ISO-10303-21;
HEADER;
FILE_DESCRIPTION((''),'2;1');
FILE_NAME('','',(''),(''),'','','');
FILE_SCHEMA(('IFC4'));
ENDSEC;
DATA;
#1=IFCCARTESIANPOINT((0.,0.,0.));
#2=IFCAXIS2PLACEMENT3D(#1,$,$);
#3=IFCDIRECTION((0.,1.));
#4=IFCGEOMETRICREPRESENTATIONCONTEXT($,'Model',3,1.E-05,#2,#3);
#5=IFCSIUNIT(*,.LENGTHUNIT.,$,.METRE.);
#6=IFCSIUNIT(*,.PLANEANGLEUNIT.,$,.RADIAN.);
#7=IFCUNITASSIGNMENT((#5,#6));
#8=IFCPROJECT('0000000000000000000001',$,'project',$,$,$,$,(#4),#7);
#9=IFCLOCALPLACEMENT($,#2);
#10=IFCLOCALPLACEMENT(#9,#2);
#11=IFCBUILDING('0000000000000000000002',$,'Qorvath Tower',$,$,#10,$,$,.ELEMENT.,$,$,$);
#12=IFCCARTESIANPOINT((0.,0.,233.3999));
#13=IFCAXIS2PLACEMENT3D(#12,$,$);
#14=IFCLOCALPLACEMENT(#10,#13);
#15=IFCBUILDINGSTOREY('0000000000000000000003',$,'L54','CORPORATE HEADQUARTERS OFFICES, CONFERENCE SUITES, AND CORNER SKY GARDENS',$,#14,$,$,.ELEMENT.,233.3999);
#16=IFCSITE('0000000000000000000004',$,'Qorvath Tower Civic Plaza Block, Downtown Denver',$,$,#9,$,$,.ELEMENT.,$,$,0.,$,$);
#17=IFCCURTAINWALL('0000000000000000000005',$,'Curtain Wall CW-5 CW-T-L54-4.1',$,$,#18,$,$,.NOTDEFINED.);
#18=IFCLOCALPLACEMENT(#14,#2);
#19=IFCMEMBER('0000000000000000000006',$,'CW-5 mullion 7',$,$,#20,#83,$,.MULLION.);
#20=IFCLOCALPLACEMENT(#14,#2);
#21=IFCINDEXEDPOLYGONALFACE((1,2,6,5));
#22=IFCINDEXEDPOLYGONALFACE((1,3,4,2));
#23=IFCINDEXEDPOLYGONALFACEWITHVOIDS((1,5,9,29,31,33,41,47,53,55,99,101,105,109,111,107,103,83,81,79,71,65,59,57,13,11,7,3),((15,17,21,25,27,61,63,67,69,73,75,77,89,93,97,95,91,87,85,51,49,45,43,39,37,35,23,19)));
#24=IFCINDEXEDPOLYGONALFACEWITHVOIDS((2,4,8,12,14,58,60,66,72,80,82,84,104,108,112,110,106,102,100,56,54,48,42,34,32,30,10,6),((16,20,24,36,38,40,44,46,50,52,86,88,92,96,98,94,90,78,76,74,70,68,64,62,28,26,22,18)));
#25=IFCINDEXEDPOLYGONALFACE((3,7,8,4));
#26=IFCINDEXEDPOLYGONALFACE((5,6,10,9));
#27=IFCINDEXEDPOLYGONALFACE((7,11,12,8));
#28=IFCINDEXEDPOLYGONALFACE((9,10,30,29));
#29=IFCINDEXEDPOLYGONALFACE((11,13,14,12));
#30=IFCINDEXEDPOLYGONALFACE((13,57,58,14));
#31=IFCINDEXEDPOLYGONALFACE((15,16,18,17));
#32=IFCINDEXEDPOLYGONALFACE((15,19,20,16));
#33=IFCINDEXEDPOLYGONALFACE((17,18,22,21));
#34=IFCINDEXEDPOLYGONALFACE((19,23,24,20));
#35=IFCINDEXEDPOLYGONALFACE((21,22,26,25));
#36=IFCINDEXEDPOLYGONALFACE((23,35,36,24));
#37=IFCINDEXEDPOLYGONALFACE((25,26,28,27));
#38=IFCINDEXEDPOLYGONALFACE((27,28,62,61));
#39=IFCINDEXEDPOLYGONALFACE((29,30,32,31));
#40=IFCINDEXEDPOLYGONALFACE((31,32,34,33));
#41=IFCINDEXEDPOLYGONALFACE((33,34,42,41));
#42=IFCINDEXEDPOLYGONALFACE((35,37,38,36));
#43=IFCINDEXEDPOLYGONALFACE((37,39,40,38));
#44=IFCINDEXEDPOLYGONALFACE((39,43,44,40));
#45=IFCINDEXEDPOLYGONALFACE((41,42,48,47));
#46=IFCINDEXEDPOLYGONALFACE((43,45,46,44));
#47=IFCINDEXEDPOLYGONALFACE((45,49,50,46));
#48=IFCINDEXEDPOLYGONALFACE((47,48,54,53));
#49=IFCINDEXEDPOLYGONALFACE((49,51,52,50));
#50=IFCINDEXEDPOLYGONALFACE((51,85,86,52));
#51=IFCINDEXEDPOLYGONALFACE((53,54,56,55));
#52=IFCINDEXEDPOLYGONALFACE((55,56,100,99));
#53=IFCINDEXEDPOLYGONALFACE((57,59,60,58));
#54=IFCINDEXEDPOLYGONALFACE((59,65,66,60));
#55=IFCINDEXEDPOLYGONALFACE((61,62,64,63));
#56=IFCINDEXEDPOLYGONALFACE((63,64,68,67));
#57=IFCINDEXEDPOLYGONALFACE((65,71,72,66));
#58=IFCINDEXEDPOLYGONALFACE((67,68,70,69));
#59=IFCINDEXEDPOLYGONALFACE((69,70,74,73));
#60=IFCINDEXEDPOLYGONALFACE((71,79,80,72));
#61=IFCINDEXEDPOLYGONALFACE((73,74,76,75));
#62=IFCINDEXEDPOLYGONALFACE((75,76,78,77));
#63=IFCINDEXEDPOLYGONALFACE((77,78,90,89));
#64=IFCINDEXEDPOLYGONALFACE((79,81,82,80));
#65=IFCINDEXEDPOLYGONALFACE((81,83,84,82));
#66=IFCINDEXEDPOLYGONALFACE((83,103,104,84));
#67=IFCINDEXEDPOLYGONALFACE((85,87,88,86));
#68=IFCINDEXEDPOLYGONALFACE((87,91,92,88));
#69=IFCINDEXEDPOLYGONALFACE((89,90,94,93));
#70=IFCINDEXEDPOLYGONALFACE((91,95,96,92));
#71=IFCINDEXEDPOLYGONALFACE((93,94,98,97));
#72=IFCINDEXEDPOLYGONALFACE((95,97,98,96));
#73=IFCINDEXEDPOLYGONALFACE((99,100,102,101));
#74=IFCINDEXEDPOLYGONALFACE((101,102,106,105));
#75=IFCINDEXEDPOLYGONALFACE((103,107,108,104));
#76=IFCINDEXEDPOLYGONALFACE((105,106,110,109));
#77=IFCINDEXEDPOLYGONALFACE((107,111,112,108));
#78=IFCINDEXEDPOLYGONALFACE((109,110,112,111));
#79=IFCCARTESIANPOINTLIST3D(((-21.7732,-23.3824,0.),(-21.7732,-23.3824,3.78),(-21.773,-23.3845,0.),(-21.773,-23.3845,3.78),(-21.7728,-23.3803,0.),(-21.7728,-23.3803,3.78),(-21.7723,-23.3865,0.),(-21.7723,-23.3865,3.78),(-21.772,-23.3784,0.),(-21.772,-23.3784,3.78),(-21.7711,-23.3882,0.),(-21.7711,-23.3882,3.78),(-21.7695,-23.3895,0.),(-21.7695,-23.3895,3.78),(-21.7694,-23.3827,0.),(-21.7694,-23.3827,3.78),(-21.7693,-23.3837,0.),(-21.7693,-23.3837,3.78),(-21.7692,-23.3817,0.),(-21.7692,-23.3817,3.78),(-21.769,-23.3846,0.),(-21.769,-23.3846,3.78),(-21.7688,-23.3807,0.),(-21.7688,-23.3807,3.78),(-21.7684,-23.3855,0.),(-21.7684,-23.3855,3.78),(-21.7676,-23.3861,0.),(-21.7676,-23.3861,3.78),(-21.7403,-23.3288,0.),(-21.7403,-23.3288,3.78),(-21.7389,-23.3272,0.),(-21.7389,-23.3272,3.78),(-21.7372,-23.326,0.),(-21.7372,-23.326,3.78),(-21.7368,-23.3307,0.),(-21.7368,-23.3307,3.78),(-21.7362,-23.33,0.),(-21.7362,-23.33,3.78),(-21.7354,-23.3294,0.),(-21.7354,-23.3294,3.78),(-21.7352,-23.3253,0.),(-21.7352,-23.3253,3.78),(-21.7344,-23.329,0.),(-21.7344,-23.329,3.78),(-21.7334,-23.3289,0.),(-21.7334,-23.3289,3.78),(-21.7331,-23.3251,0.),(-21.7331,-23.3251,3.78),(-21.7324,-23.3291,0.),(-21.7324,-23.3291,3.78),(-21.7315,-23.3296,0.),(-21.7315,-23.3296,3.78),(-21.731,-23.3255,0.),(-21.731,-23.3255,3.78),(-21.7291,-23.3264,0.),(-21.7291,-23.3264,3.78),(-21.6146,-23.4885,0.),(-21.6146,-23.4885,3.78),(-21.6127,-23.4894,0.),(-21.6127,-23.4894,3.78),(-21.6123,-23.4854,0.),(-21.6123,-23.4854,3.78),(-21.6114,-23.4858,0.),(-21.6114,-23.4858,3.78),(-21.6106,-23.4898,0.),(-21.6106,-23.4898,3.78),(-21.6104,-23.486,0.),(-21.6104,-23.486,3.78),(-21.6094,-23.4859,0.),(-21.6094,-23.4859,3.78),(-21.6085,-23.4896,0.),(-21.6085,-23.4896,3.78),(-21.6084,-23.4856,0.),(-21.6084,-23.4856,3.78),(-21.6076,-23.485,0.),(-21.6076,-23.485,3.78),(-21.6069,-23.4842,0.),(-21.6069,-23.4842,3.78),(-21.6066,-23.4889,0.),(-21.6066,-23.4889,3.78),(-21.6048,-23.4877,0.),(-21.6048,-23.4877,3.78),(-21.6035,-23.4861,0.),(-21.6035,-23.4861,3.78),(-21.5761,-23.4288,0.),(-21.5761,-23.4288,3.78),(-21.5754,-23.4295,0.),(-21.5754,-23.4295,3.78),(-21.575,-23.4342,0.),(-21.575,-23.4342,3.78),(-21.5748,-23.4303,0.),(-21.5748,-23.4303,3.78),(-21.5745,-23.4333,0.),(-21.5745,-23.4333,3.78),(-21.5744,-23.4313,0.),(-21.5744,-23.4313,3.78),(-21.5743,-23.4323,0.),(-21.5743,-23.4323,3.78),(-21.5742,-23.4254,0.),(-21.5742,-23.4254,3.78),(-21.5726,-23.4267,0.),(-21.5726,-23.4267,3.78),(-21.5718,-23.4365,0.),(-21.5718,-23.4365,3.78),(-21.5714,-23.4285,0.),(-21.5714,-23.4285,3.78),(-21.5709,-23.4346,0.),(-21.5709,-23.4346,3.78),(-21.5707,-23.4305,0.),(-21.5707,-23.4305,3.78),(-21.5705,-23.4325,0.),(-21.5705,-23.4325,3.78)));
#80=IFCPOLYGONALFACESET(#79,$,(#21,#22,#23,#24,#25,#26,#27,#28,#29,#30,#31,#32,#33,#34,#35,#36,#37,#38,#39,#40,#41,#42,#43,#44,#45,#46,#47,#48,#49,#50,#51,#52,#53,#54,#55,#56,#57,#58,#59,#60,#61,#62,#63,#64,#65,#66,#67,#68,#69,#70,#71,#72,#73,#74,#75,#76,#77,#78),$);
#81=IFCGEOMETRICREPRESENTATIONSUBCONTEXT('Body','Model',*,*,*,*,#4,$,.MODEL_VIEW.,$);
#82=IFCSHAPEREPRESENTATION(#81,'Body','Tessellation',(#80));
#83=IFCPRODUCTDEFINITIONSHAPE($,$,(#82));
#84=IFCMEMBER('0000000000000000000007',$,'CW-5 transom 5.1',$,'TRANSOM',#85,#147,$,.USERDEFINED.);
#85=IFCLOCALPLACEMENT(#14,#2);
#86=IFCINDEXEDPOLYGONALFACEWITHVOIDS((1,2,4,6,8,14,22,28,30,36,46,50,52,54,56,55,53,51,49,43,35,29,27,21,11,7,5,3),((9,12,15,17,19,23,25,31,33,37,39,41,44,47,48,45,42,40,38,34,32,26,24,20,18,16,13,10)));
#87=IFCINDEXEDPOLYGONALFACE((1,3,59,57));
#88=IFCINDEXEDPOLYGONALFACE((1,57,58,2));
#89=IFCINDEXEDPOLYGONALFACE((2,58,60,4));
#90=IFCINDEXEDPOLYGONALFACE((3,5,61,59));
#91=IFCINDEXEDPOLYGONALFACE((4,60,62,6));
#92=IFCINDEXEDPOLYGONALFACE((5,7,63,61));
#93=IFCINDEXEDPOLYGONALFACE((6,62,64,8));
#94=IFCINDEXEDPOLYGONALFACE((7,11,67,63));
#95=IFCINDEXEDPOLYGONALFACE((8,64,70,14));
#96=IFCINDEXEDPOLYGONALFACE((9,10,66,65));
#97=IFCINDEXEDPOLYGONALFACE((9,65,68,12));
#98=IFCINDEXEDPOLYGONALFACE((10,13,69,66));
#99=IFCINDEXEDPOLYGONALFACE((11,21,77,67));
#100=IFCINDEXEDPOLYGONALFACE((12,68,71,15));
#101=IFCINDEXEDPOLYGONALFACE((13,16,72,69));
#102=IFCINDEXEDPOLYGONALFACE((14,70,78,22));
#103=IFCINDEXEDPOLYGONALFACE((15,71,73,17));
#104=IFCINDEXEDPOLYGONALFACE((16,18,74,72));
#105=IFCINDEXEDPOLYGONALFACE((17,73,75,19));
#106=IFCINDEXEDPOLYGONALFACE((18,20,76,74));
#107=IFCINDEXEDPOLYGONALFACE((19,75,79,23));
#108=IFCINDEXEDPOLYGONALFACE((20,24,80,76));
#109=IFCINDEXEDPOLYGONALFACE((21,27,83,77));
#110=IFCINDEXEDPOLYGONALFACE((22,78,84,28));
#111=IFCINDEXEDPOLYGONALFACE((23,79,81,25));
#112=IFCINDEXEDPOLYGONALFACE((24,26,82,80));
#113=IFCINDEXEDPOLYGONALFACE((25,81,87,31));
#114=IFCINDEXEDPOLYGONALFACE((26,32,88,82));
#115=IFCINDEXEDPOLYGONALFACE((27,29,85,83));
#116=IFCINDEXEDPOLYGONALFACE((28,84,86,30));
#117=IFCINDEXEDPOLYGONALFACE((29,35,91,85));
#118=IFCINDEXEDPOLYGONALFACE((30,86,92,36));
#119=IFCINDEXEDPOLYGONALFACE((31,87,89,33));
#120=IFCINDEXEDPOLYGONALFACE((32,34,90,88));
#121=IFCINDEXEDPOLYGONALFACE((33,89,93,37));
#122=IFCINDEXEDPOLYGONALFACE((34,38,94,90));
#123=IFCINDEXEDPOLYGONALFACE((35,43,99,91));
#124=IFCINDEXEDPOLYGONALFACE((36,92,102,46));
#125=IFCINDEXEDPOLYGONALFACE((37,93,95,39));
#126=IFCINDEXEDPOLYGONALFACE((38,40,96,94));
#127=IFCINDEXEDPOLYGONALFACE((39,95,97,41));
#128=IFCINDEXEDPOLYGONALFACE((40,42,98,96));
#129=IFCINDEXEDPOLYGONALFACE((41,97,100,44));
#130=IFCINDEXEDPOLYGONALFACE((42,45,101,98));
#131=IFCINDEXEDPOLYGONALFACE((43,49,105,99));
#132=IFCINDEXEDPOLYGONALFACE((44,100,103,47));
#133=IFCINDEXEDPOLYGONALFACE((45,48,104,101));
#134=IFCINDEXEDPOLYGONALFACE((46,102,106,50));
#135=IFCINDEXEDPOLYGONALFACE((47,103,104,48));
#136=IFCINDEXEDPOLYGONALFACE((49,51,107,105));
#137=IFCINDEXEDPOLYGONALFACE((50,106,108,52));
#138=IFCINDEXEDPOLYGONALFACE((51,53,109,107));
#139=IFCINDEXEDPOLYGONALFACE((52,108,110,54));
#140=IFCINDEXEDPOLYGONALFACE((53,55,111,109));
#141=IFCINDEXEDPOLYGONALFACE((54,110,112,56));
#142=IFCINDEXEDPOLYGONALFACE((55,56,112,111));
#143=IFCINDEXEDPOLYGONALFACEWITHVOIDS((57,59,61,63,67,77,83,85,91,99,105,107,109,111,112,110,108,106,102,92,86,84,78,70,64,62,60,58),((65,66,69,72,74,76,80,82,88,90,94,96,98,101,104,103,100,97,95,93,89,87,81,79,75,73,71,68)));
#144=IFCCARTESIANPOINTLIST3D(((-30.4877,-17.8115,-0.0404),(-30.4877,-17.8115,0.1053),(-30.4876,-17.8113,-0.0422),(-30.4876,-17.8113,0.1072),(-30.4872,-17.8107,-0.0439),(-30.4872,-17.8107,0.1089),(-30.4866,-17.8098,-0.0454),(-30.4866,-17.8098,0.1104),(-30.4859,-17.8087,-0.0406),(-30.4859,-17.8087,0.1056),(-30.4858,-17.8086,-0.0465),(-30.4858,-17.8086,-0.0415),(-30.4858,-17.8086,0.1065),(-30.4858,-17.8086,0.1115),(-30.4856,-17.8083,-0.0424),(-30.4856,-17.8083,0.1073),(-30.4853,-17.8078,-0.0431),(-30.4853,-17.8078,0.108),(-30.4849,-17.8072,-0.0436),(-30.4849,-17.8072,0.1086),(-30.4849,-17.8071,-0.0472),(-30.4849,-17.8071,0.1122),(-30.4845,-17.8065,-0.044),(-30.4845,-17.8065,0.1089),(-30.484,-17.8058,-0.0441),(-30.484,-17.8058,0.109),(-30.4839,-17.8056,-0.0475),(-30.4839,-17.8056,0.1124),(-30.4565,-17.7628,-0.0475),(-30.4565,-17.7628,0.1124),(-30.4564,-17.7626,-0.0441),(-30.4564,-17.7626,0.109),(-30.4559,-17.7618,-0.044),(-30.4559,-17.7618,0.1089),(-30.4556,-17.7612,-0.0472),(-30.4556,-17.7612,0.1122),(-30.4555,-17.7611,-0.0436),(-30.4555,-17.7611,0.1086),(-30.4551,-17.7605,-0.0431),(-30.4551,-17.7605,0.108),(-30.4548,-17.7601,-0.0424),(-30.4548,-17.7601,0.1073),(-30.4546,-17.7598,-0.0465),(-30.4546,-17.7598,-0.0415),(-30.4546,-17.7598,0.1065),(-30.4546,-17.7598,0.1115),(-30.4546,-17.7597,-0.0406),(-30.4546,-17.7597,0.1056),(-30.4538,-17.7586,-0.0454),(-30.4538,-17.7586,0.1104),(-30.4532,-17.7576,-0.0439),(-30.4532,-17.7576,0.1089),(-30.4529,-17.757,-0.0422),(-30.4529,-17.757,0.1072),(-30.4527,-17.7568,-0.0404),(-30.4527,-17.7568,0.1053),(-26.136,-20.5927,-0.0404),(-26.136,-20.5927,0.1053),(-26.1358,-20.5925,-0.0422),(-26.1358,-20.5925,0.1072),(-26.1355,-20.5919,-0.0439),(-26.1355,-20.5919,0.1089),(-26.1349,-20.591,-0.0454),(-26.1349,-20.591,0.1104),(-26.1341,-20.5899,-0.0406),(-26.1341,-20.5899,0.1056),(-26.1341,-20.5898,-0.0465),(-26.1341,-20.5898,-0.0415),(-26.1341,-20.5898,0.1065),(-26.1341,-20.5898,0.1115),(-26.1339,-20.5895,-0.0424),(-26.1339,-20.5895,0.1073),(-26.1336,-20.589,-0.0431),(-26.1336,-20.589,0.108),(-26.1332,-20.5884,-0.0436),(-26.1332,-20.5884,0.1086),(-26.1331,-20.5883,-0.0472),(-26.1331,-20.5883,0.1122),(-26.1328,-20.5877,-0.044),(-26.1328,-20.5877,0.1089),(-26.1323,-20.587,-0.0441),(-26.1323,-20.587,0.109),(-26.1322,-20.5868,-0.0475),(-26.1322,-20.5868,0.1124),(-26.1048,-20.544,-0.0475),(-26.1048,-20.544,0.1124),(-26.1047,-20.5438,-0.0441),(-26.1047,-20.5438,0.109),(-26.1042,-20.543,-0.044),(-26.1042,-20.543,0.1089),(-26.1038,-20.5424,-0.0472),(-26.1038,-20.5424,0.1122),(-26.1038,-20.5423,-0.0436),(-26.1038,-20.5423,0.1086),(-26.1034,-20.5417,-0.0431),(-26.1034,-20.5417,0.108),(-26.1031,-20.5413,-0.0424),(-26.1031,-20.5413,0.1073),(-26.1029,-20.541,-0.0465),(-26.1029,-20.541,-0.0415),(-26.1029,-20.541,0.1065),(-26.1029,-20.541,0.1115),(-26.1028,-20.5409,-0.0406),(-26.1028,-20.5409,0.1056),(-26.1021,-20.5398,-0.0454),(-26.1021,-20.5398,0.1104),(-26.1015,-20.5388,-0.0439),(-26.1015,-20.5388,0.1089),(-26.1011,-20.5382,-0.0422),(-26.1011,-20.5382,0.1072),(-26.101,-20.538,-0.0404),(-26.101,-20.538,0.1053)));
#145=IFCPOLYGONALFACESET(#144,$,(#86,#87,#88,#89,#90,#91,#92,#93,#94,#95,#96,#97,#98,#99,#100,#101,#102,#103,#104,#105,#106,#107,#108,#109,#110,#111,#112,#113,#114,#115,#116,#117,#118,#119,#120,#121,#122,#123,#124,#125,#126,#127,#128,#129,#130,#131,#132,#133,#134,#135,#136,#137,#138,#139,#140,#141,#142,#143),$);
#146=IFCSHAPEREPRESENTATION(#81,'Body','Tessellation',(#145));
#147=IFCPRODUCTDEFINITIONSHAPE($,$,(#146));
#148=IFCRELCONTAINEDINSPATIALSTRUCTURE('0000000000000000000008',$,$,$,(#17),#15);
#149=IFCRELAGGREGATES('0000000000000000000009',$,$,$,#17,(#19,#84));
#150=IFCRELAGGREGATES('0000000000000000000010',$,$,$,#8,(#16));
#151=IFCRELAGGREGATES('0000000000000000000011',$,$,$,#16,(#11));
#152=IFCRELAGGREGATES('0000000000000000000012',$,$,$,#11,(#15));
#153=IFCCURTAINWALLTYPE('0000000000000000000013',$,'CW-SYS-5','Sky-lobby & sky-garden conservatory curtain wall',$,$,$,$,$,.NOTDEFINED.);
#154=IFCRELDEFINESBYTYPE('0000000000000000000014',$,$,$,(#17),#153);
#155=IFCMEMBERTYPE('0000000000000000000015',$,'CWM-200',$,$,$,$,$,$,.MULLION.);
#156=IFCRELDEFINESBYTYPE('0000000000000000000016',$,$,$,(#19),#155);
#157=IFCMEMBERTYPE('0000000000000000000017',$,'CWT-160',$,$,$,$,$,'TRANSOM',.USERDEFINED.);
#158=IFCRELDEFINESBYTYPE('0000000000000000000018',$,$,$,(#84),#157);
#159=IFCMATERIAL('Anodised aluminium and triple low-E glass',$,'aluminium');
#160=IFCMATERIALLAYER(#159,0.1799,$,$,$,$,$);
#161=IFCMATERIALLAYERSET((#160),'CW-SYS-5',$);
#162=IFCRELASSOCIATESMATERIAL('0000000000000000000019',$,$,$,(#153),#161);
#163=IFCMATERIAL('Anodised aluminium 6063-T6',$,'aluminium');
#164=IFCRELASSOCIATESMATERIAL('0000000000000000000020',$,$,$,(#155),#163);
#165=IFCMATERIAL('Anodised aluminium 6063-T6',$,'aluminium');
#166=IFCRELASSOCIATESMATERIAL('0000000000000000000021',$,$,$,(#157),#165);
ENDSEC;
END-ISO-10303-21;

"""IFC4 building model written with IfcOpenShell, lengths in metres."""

from ifc_helpers import new_model, si_unit, direction, frame, origin, origin_2d, place, context, subcontext, project, spatial, hollow_rectangle, extrude, material, layer, layer_set, material_profile, profile_set, type_object, element, aggregate, save


model = new_model("IFC4")

# Units and contexts
model_context = context("Model", 3, precision=1e-05, world=origin(), true_north=direction((0.0, 1.0)))
body_context = subcontext(model_context, "Body", "Model", "MODEL_VIEW")
ifc_project = project(units=[si_unit("LENGTHUNIT", "METRE"), si_unit("PLANEANGLEUNIT", "RADIAN")], contexts=[model_context])

# Site, building, storey
site_placement = place(None, origin())
site = spatial("IfcSite", under=ifc_project, at=site_placement, Name="Qorvath Tower Civic Plaza Block, Downtown Denver", CompositionType="ELEMENT", RefElevation=0.0)
building_placement = place(site_placement, origin())
building = spatial("IfcBuilding", under=site, at=building_placement, Name="Qorvath Tower", CompositionType="ELEMENT")
storey_placement = place(building_placement, frame((0.0, 0.0, 233.3999)))
storey = spatial("IfcBuildingStorey", under=building, at=storey_placement, Name="L54", Description="CORPORATE HEADQUARTERS OFFICES, CONFERENCE SUITES, AND CORNER SKY GARDENS", CompositionType="ELEMENT", Elevation=233.3999)

# Curtain wall, members
ifc_material_1 = material(Name="Anodised aluminium and triple low-E glass", Category="aluminium")
ifc_layer_1 = layer(ifc_material_1, 0.1799)
ifc_layer_set_1 = layer_set([ifc_layer_1], Name="CW-SYS-5")
curtain_wall_type = type_object("IfcCurtainWallType", Name="CW-SYS-5", Description="Sky-lobby & sky-garden conservatory curtain wall", PredefinedType="NOTDEFINED", material=ifc_layer_set_1)
curtain_wall_placement = place(storey_placement, origin())
curtain_wall = element("IfcCurtainWall", 1, at=curtain_wall_placement, inside=storey, type_object=curtain_wall_type, Name="Curtain Wall CW-5 CW-T-L54-4.1", PredefinedType="NOTDEFINED")
ifc_material_2 = material(Name="Anodised aluminium 6063-T6", Category="aluminium")
ifc_material_profile_1 = material_profile(ifc_material_2, hollow_rectangle(XDim=0.075, YDim=0.2, WallThickness=0.0039, InnerFilletRadius=0.0039, OuterFilletRadius=0.0081, at=origin_2d()), Name="CWM 200x75")
ifc_profile_set_1 = profile_set([ifc_material_profile_1], Name="Anodised aluminium 6063-T6")
member_type_1 = type_object("IfcMemberType", Name="CWM-200", PredefinedType="MULLION", material=ifc_profile_set_1)
member_1_placement = place(storey_placement, frame((-21.6719, -23.4075, 0.0), z_axis=(0.0, 0.0, 1.0), x_axis=(0.538528, 0.842607, 0.0)))
member_1 = element("IfcMember", 2, at=member_1_placement, type_object=member_type_1, Name="CW-5 mullion 7", PredefinedType="MULLION", context=body_context, shape_type="SweptSolid", body=[
    extrude(hollow_rectangle(XDim=0.075, YDim=0.2, WallThickness=0.0039, InnerFilletRadius=0.0039, OuterFilletRadius=0.0081, at=origin_2d()), origin(), (0.0, 0.0, 1.0), 3.78),
])
ifc_material_3 = material(Name="Anodised aluminium 6063-T6", Category="aluminium")
ifc_material_profile_2 = material_profile(ifc_material_3, hollow_rectangle(XDim=0.0649, YDim=0.1599, WallThickness=0.0034, InnerFilletRadius=0.0034, OuterFilletRadius=0.0071, at=origin_2d()), Name="CWT 160x65")
ifc_profile_set_2 = profile_set([ifc_material_profile_2], Name="Anodised aluminium 6063-T6")
member_type_2 = type_object("IfcMemberType", Name="CWT-160", ElementType="TRANSOM", PredefinedType="USERDEFINED", material=ifc_profile_set_2)
member_2_placement = place(storey_placement, frame((-30.4702, -17.7842, 0.0325), z_axis=(0.842615, -0.538517, 0.0), x_axis=(0.538517, 0.842615, 0.0)))
member_2 = element("IfcMember", 3, at=member_2_placement, type_object=member_type_2, Name="CW-5 transom 5.1", ObjectType="TRANSOM", PredefinedType="USERDEFINED", context=body_context, shape_type="SweptSolid", body=[
    extrude(hollow_rectangle(XDim=0.0649, YDim=0.1599, WallThickness=0.0034, InnerFilletRadius=0.0034, OuterFilletRadius=0.0071, at=origin_2d()), origin(), (0.0, 0.0, 1.0), 5.1646),
])
aggregate(curtain_wall, [member_1, member_2])

save(model, "model.ifc")
